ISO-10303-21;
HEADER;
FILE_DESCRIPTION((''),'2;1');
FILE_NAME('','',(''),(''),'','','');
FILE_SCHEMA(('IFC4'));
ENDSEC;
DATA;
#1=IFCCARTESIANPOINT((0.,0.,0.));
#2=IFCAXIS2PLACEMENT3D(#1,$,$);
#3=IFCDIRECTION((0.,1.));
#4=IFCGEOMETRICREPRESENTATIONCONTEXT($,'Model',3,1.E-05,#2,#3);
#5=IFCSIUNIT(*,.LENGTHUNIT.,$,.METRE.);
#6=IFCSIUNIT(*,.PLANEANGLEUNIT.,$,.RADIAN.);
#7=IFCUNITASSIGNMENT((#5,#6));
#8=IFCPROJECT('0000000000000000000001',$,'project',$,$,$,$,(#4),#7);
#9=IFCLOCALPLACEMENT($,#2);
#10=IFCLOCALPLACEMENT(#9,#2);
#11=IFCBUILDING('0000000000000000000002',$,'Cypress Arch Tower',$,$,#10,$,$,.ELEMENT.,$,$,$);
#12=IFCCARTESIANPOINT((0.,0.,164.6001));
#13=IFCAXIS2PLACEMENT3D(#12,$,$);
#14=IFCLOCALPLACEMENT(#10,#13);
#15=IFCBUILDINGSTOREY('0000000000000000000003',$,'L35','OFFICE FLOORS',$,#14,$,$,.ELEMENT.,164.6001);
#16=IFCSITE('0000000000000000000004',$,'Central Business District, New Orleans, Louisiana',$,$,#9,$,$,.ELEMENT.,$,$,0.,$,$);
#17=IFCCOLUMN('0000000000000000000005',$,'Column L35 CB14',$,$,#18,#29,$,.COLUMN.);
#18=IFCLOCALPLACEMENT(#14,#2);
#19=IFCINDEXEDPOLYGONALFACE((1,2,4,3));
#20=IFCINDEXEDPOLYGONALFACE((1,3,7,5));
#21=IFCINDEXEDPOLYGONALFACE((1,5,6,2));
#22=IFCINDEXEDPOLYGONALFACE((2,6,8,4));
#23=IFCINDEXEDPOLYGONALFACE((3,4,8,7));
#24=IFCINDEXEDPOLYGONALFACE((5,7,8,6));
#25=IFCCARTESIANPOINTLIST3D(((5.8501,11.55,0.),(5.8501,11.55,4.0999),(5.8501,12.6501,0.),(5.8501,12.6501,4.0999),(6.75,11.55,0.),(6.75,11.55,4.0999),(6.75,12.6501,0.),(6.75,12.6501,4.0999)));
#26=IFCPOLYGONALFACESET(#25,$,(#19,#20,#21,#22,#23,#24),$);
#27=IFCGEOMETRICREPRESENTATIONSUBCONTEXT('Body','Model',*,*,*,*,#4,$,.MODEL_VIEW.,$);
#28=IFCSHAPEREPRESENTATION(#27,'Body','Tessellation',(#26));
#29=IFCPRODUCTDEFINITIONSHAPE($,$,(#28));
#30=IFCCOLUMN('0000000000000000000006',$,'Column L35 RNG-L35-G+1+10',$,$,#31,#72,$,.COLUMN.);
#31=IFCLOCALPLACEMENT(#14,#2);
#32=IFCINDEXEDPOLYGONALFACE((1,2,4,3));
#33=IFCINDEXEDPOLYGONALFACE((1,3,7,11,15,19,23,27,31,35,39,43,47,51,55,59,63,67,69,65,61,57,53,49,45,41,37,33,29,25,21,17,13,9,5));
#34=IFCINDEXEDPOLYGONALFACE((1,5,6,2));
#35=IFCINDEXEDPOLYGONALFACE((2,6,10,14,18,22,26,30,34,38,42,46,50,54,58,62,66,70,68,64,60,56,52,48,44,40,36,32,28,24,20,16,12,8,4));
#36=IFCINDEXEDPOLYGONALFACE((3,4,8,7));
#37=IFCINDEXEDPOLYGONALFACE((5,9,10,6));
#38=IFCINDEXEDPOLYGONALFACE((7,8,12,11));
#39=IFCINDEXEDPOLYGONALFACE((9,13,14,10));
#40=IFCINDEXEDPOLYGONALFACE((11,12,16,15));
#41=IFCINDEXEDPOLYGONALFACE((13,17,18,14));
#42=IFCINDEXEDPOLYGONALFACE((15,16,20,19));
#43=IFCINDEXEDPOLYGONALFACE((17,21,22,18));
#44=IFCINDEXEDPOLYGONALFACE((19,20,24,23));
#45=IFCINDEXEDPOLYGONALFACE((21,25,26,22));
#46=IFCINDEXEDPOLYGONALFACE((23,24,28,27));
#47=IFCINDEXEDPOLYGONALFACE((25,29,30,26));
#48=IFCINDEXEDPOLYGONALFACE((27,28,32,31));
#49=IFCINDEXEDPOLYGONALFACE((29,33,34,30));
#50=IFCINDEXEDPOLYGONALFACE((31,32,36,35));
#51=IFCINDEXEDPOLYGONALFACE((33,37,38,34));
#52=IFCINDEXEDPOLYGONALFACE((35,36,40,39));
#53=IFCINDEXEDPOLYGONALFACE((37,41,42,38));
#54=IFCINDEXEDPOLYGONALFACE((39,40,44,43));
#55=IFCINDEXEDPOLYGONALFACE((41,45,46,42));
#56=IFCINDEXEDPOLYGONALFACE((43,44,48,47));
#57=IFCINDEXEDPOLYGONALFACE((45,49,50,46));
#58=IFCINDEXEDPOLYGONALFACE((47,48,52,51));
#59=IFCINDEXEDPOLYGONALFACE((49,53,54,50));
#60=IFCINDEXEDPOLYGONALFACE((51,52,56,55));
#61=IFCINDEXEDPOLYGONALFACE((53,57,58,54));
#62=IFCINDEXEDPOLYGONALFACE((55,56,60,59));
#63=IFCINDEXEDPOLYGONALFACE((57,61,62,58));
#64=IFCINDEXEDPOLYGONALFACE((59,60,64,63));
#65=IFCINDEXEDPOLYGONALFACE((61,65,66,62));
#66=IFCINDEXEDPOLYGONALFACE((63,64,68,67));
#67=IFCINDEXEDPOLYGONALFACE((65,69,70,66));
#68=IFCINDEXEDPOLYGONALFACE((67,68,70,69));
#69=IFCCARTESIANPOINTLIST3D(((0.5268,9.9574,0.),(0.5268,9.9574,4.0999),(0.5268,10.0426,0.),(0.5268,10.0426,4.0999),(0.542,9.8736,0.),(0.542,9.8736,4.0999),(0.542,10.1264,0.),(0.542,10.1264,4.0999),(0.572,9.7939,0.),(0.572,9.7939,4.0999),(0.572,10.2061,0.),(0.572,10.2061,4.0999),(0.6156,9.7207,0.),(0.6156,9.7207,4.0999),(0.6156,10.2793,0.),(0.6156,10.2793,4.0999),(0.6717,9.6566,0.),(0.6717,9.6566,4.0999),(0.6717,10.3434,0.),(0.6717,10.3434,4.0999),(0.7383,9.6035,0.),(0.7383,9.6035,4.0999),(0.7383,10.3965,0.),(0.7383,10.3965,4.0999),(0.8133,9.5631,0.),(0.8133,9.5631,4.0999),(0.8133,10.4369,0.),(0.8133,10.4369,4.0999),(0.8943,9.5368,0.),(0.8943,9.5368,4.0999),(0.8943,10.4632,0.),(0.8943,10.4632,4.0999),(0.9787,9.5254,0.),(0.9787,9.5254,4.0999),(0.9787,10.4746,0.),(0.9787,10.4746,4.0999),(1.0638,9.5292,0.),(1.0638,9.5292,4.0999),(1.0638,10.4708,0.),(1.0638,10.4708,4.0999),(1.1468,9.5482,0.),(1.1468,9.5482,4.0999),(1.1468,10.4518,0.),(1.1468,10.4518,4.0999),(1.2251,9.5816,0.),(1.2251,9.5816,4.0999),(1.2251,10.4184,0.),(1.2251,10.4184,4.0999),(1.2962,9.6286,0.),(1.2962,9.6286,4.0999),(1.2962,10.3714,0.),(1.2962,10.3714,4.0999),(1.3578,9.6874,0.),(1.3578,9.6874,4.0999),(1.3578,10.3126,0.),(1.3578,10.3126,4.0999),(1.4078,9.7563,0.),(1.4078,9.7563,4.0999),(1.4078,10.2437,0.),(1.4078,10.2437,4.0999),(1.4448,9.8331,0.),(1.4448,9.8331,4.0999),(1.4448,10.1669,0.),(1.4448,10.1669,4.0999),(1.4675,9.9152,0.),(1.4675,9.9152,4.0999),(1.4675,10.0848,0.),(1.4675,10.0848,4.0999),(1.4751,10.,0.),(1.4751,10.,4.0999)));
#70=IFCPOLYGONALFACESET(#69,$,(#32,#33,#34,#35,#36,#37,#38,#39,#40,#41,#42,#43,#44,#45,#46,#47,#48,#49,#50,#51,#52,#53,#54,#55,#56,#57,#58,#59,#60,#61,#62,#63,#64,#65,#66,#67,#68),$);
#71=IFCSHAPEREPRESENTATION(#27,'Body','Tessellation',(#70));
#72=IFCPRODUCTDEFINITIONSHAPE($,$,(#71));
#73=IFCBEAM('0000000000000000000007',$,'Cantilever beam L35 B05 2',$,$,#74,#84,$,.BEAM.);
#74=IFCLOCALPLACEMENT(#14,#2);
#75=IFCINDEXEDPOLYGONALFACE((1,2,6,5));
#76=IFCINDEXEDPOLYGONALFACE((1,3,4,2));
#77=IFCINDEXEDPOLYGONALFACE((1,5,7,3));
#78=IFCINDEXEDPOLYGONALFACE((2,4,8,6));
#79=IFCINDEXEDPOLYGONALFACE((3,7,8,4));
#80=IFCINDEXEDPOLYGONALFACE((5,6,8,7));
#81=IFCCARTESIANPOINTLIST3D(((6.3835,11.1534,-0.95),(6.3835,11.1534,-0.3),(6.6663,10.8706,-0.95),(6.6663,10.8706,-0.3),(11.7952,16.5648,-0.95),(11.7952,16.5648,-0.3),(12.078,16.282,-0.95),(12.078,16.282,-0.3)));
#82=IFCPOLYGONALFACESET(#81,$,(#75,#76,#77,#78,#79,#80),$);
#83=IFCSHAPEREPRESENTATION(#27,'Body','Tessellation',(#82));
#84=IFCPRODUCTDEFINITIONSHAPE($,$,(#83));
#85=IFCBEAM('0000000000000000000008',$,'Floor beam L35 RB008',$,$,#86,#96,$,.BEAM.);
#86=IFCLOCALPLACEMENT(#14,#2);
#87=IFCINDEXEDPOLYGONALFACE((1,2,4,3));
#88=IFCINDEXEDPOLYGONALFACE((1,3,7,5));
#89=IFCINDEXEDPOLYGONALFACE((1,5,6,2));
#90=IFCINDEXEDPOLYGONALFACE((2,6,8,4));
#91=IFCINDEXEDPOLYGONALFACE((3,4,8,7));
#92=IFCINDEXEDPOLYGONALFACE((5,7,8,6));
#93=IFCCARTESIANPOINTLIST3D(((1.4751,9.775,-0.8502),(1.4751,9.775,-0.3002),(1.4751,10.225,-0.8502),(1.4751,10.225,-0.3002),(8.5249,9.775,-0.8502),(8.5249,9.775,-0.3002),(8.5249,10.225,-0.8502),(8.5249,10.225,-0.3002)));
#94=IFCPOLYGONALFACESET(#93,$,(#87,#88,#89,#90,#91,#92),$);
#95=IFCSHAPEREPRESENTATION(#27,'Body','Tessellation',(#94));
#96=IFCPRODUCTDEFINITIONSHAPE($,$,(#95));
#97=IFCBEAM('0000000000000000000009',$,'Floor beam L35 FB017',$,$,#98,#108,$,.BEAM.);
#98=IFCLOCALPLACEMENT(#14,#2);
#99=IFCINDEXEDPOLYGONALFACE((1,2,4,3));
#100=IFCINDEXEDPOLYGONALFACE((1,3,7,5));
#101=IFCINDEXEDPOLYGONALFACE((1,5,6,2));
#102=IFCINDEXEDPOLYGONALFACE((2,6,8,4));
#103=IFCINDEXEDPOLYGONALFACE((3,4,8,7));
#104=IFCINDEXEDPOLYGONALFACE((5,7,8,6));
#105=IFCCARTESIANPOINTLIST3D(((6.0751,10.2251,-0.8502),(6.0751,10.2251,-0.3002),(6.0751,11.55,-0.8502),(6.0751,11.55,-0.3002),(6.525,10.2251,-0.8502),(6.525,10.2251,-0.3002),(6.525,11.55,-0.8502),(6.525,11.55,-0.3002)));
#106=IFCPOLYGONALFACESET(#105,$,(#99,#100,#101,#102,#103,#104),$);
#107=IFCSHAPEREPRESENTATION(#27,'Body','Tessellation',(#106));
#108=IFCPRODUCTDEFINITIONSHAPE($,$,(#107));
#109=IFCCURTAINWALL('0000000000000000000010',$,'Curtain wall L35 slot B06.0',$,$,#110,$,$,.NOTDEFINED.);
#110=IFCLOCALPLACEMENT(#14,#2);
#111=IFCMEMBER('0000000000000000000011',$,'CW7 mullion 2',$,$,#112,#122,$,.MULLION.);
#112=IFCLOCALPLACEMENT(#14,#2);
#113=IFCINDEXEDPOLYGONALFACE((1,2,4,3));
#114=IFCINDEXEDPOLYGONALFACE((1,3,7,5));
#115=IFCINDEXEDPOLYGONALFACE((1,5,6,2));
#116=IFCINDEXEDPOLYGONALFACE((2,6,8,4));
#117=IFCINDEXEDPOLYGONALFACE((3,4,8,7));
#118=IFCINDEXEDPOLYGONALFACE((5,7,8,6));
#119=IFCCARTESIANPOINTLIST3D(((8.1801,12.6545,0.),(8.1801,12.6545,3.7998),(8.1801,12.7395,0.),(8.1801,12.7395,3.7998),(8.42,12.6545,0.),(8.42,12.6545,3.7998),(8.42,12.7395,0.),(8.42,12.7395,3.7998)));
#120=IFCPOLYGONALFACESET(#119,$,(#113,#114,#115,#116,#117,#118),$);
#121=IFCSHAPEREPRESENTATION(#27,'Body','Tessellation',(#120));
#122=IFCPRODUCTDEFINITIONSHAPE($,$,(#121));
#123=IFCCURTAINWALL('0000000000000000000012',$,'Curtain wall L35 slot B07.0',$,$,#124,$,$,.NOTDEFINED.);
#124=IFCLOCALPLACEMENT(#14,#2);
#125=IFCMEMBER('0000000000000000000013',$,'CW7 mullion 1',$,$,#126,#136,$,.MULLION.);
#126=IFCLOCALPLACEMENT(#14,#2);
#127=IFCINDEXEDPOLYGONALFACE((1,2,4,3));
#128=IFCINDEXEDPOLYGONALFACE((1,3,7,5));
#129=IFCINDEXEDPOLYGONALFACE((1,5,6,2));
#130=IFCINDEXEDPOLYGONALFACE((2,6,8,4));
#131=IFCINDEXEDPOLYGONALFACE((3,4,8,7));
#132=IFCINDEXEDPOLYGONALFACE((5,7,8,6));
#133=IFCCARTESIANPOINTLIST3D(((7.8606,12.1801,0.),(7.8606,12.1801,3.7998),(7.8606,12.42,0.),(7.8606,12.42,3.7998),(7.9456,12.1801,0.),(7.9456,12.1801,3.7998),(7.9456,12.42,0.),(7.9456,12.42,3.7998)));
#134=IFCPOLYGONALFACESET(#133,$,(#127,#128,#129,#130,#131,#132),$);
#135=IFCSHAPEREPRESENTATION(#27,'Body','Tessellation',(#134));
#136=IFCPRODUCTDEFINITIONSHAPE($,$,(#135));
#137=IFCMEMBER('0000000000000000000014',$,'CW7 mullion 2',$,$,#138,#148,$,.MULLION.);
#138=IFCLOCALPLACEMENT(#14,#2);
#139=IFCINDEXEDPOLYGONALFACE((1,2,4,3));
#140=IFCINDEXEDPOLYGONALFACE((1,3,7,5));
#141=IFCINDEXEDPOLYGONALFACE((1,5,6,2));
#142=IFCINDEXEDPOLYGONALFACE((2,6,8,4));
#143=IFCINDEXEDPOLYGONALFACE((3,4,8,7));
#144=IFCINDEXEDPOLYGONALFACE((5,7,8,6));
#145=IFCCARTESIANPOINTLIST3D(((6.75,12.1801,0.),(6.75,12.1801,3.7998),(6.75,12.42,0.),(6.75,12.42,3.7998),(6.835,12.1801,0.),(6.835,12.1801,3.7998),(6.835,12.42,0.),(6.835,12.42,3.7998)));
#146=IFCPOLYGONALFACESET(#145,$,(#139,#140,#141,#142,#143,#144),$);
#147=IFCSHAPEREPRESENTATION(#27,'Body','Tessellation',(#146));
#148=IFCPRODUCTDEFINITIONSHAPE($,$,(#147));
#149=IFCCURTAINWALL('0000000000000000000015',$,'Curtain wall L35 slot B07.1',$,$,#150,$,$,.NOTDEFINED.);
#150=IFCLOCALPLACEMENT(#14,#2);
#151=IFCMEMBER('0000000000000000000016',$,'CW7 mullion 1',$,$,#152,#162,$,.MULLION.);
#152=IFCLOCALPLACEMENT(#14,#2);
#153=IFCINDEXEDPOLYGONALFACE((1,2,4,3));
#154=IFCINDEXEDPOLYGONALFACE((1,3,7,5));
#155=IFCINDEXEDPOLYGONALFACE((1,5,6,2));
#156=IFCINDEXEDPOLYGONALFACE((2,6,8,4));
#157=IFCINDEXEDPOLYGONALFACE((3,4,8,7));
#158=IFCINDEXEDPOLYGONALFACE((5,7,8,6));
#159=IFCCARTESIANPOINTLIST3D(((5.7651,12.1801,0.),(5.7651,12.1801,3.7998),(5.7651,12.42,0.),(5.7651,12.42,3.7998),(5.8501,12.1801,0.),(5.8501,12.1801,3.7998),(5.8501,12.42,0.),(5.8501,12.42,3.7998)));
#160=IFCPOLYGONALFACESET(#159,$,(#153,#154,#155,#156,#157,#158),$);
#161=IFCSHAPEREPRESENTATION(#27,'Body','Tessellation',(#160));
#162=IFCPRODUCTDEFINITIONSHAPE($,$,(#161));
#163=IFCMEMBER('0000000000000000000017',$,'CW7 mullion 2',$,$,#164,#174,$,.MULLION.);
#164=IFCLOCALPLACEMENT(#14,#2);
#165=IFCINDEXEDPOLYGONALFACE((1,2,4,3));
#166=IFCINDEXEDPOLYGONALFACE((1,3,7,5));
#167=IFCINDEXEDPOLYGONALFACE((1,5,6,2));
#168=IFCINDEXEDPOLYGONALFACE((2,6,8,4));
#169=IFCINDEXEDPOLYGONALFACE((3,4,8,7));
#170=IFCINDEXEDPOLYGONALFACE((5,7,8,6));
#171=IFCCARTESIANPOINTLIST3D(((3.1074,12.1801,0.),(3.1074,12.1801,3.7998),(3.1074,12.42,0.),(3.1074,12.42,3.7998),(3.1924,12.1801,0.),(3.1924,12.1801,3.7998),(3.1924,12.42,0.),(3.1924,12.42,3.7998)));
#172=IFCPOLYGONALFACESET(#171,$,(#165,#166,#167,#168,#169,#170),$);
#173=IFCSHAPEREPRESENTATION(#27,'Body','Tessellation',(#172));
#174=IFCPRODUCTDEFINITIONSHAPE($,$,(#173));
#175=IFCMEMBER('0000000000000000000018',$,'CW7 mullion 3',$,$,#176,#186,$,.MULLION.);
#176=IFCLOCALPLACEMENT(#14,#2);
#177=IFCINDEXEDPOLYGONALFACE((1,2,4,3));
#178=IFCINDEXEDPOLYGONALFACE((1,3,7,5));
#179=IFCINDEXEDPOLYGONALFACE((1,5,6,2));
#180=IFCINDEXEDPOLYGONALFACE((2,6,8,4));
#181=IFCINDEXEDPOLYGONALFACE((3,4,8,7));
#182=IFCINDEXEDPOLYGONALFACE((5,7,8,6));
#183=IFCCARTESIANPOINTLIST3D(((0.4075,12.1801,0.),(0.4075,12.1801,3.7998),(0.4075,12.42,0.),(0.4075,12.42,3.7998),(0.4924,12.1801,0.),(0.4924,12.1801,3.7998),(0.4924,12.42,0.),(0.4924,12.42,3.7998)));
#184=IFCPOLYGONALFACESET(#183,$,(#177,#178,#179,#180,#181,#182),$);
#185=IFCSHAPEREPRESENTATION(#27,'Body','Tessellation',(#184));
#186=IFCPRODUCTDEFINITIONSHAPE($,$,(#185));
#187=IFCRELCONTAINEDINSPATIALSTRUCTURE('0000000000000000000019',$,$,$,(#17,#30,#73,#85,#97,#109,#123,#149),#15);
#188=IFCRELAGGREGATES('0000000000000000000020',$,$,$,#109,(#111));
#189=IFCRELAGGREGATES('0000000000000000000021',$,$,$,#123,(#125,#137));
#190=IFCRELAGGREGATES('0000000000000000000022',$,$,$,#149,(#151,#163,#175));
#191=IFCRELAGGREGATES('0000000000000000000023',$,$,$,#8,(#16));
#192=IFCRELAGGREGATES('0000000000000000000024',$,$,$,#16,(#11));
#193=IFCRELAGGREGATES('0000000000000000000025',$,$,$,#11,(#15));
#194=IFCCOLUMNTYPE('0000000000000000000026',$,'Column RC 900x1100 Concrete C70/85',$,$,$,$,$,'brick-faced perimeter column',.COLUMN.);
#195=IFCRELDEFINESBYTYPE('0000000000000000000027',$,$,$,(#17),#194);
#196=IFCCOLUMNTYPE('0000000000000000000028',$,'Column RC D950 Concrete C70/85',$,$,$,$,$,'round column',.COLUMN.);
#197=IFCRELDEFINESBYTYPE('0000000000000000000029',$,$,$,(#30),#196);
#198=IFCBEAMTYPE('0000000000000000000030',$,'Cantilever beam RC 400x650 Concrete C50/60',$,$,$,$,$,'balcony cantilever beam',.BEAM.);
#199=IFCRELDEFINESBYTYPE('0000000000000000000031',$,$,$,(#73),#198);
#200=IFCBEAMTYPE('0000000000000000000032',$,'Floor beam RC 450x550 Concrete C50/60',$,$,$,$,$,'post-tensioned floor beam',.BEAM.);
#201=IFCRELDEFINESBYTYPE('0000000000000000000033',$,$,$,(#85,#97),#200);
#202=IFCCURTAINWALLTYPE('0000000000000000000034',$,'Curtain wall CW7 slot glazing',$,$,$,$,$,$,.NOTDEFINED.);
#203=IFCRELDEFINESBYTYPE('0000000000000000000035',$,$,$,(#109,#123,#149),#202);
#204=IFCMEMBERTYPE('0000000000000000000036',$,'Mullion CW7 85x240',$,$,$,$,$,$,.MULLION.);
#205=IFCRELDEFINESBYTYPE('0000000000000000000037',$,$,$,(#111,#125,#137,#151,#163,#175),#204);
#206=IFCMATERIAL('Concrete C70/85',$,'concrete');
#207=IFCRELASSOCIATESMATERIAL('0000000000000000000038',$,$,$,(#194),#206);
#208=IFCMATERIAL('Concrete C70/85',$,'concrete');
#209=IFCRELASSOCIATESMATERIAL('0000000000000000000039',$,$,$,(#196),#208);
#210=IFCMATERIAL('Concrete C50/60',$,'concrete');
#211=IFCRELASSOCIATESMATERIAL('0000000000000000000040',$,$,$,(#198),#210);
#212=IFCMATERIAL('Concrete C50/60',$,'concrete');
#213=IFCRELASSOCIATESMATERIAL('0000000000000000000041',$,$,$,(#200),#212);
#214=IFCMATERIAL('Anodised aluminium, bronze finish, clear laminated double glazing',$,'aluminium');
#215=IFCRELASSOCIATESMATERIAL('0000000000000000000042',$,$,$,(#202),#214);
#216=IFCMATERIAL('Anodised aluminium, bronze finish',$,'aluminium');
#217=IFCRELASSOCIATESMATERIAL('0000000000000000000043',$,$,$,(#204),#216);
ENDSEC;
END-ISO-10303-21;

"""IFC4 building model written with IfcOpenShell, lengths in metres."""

from ifc_helpers import new_model, si_unit, direction, frame, origin, origin_2d, place, context, subcontext, project, spatial, rectangle, circle, extrude, material, material_profile, profile_set, type_object, element, aggregate, save


model = new_model("IFC4")

# Units and contexts
model_context = context("Model", 3, precision=1e-05, world=origin(), true_north=direction((0.0, 1.0)))
body_context = subcontext(model_context, "Body", "Model", "MODEL_VIEW")
ifc_project = project(units=[si_unit("LENGTHUNIT", "METRE"), si_unit("PLANEANGLEUNIT", "RADIAN")], contexts=[model_context])

# Site, building, storey
site_placement = place(None, origin())
site = spatial("IfcSite", under=ifc_project, at=site_placement, Name="Central Business District, New Orleans, Louisiana", CompositionType="ELEMENT", RefElevation=0.0)
building_placement = place(site_placement, origin())
building = spatial("IfcBuilding", under=site, at=building_placement, Name="Cypress Arch Tower", CompositionType="ELEMENT")
storey_placement = place(building_placement, frame((0.0, 0.0, 164.6001)))
storey = spatial("IfcBuildingStorey", under=building, at=storey_placement, Name="L35", Description="OFFICE FLOORS", CompositionType="ELEMENT", Elevation=164.6001)

# Columns
ifc_material_1 = material(Name="Concrete C70/85", Category="concrete")
ifc_material_profile_1 = material_profile(ifc_material_1, rectangle(XDim=0.8999, YDim=1.1001, at=origin_2d()), Name="RC 900x1100")
ifc_profile_set_1 = profile_set([ifc_material_profile_1], Name="Concrete C70/85")
column_type_1 = type_object("IfcColumnType", Name="Column RC 900x1100 Concrete C70/85", ElementType="brick-faced perimeter column", PredefinedType="COLUMN", material=ifc_profile_set_1)
column_1_placement = place(storey_placement, frame((6.3, 12.1001, 0.0), z_axis=(0.0, 0.0, 1.0), x_axis=(-1.0, 0.0, 0.0)))
element("IfcColumn", 1, at=column_1_placement, inside=storey, type_object=column_type_1, Name="Column L35 CB14", PredefinedType="COLUMN", context=body_context, shape_type="SweptSolid", body=[
    extrude(rectangle(XDim=0.8999, YDim=1.1001, at=origin_2d()), origin(), (0.0, 0.0, 1.0), 4.0999),
])
ifc_material_2 = material(Name="Concrete C70/85", Category="concrete")
ifc_material_profile_2 = material_profile(ifc_material_2, circle(Radius=0.4751, at=origin_2d()), Name="RC D950")
ifc_profile_set_2 = profile_set([ifc_material_profile_2], Name="Concrete C70/85")
column_type_2 = type_object("IfcColumnType", Name="Column RC D950 Concrete C70/85", ElementType="round column", PredefinedType="COLUMN", material=ifc_profile_set_2)
column_2_placement = place(storey_placement, frame((1.0, 10.0, 0.0), z_axis=(0.0, 0.0, 1.0), x_axis=(1.0, 0.0, 0.0)))
element("IfcColumn", 2, at=column_2_placement, inside=storey, type_object=column_type_2, Name="Column L35 RNG-L35-G+1+10", PredefinedType="COLUMN", context=body_context, shape_type="SweptSolid", body=[
    extrude(circle(Radius=0.4751, at=origin_2d()), origin(), (0.0, 0.0, 1.0), 4.0999),
])

# Beams
ifc_material_3 = material(Name="Concrete C50/60", Category="concrete")
ifc_material_profile_3 = material_profile(ifc_material_3, rectangle(XDim=0.3999, YDim=0.6499, at=origin_2d()), Name="RC 400x650")
ifc_profile_set_3 = profile_set([ifc_material_profile_3], Name="Concrete C50/60")
beam_type_1 = type_object("IfcBeamType", Name="Cantilever beam RC 400x650 Concrete C50/60", ElementType="balcony cantilever beam", PredefinedType="BEAM", material=ifc_profile_set_3)
beam_1_placement = place(storey_placement, frame((6.5249, 11.012, -0.625), z_axis=(0.707123, 0.707091, 0.0), x_axis=(-0.707091, 0.707123, 0.0)))
element("IfcBeam", 3, at=beam_1_placement, inside=storey, type_object=beam_type_1, Name="Cantilever beam L35 B05 2", PredefinedType="BEAM", context=body_context, shape_type="SweptSolid", body=[
    extrude(rectangle(XDim=0.3999, YDim=0.6499, at=origin_2d()), origin(), (0.0, 0.0, 1.0), 7.6531),
])
ifc_material_4 = material(Name="Concrete C50/60", Category="concrete")
ifc_material_profile_4 = material_profile(ifc_material_4, rectangle(XDim=0.45, YDim=0.55, at=origin_2d()), Name="RC 450x550")
ifc_profile_set_4 = profile_set([ifc_material_profile_4], Name="Concrete C50/60")
beam_type_2 = type_object("IfcBeamType", Name="Floor beam RC 450x550 Concrete C50/60", ElementType="post-tensioned floor beam", PredefinedType="BEAM", material=ifc_profile_set_4)
beam_2_placement = place(storey_placement, frame((1.4751, 10.0, -0.5752), z_axis=(1.0, 0.0, 0.0), x_axis=(0.0, 1.0, 0.0)))
element("IfcBeam", 4, at=beam_2_placement, inside=storey, type_object=beam_type_2, Name="Floor beam L35 RB008", PredefinedType="BEAM", context=body_context, shape_type="SweptSolid", body=[
    extrude(rectangle(XDim=0.45, YDim=0.55, at=origin_2d()), origin(), (0.0, 0.0, 1.0), 7.0498),
])
beam_3_placement = place(storey_placement, frame((6.3, 10.2251, -0.5752), z_axis=(0.0, 1.0, 0.0), x_axis=(-1.0, 0.0, 0.0)))
element("IfcBeam", 5, at=beam_3_placement, inside=storey, type_object=beam_type_2, Name="Floor beam L35 FB017", PredefinedType="BEAM", context=body_context, shape_type="SweptSolid", body=[
    extrude(rectangle(XDim=0.45, YDim=0.55, at=origin_2d()), origin(), (0.0, 0.0, 1.0), 1.325),
])

# Curtain wall, member
ifc_material_5 = material(Name="Anodised aluminium, bronze finish, clear laminated double glazing", Category="aluminium")
curtain_wall_type = type_object("IfcCurtainWallType", Name="Curtain wall CW7 slot glazing", PredefinedType="NOTDEFINED", material=ifc_material_5)
curtain_wall_1_placement = place(storey_placement, origin())
curtain_wall_1 = element("IfcCurtainWall", 6, at=curtain_wall_1_placement, inside=storey, type_object=curtain_wall_type, Name="Curtain wall L35 slot B06.0", PredefinedType="NOTDEFINED")
ifc_material_6 = material(Name="Anodised aluminium, bronze finish", Category="aluminium")
ifc_material_profile_5 = material_profile(ifc_material_6, rectangle(XDim=0.24, YDim=0.085, at=origin_2d()), Name="Mullion 85x240")
ifc_profile_set_5 = profile_set([ifc_material_profile_5], Name="Anodised aluminium, bronze finish")
member_type_1 = type_object("IfcMemberType", Name="Mullion CW7 85x240", PredefinedType="MULLION", material=ifc_profile_set_5)
member_1_placement = place(storey_placement, frame((8.3, 12.697, 0.0), z_axis=(0.0, 0.0, 1.0), x_axis=(1.0, 0.0, 0.0)))
member_1 = element("IfcMember", 7, at=member_1_placement, type_object=member_type_1, Name="CW7 mullion 2", PredefinedType="MULLION", context=body_context, shape_type="SweptSolid", body=[
    extrude(rectangle(XDim=0.24, YDim=0.085, at=origin_2d()), origin(), (0.0, 0.0, 1.0), 3.7998),
])

# Curtain walls, members
curtain_wall_2_placement = place(storey_placement, origin())
curtain_wall_2 = element("IfcCurtainWall", 8, at=curtain_wall_2_placement, inside=storey, type_object=curtain_wall_type, Name="Curtain wall L35 slot B07.0", PredefinedType="NOTDEFINED")
member_2_placement = place(storey_placement, frame((7.9031, 12.3, 0.0), z_axis=(0.0, 0.0, 1.0), x_axis=(0.0, -1.0, 0.0)))
member_2 = element("IfcMember", 9, at=member_2_placement, type_object=member_type_1, Name="CW7 mullion 1", PredefinedType="MULLION", context=body_context, shape_type="SweptSolid", body=[
    extrude(rectangle(XDim=0.24, YDim=0.085, at=origin_2d()), origin(), (0.0, 0.0, 1.0), 3.7998),
])
member_3_placement = place(storey_placement, frame((6.7925, 12.3, 0.0), z_axis=(0.0, 0.0, 1.0), x_axis=(0.0, -1.0, 0.0)))
member_3 = element("IfcMember", 10, at=member_3_placement, type_object=member_type_1, Name="CW7 mullion 2", PredefinedType="MULLION", context=body_context, shape_type="SweptSolid", body=[
    extrude(rectangle(XDim=0.24, YDim=0.085, at=origin_2d()), origin(), (0.0, 0.0, 1.0), 3.7998),
])
curtain_wall_3_placement = place(storey_placement, origin())
curtain_wall_3 = element("IfcCurtainWall", 11, at=curtain_wall_3_placement, inside=storey, type_object=curtain_wall_type, Name="Curtain wall L35 slot B07.1", PredefinedType="NOTDEFINED")
member_4_placement = place(storey_placement, frame((5.8076, 12.3, 0.0), z_axis=(0.0, 0.0, 1.0), x_axis=(0.0, -1.0, 0.0)))
member_4 = element("IfcMember", 12, at=member_4_placement, type_object=member_type_1, Name="CW7 mullion 1", PredefinedType="MULLION", context=body_context, shape_type="SweptSolid", body=[
    extrude(rectangle(XDim=0.24, YDim=0.085, at=origin_2d()), origin(), (0.0, 0.0, 1.0), 3.7998),
])
member_5_placement = place(storey_placement, frame((3.1499, 12.3, 0.0), z_axis=(0.0, 0.0, 1.0), x_axis=(0.0, -1.0, 0.0)))
member_5 = element("IfcMember", 13, at=member_5_placement, type_object=member_type_1, Name="CW7 mullion 2", PredefinedType="MULLION", context=body_context, shape_type="SweptSolid", body=[
    extrude(rectangle(XDim=0.24, YDim=0.085, at=origin_2d()), origin(), (0.0, 0.0, 1.0), 3.7998),
])
member_6_placement = place(storey_placement, frame((0.45, 12.3, 0.0), z_axis=(0.0, 0.0, 1.0), x_axis=(0.0, -1.0, 0.0)))
member_6 = element("IfcMember", 14, at=member_6_placement, type_object=member_type_1, Name="CW7 mullion 3", PredefinedType="MULLION", context=body_context, shape_type="SweptSolid", body=[
    extrude(rectangle(XDim=0.24, YDim=0.085, at=origin_2d()), origin(), (0.0, 0.0, 1.0), 3.7998),
])

aggregate(curtain_wall_1, [member_1])
aggregate(curtain_wall_2, [member_2, member_3])
aggregate(curtain_wall_3, [member_4, member_5, member_6])

save(model, "model.ifc")
